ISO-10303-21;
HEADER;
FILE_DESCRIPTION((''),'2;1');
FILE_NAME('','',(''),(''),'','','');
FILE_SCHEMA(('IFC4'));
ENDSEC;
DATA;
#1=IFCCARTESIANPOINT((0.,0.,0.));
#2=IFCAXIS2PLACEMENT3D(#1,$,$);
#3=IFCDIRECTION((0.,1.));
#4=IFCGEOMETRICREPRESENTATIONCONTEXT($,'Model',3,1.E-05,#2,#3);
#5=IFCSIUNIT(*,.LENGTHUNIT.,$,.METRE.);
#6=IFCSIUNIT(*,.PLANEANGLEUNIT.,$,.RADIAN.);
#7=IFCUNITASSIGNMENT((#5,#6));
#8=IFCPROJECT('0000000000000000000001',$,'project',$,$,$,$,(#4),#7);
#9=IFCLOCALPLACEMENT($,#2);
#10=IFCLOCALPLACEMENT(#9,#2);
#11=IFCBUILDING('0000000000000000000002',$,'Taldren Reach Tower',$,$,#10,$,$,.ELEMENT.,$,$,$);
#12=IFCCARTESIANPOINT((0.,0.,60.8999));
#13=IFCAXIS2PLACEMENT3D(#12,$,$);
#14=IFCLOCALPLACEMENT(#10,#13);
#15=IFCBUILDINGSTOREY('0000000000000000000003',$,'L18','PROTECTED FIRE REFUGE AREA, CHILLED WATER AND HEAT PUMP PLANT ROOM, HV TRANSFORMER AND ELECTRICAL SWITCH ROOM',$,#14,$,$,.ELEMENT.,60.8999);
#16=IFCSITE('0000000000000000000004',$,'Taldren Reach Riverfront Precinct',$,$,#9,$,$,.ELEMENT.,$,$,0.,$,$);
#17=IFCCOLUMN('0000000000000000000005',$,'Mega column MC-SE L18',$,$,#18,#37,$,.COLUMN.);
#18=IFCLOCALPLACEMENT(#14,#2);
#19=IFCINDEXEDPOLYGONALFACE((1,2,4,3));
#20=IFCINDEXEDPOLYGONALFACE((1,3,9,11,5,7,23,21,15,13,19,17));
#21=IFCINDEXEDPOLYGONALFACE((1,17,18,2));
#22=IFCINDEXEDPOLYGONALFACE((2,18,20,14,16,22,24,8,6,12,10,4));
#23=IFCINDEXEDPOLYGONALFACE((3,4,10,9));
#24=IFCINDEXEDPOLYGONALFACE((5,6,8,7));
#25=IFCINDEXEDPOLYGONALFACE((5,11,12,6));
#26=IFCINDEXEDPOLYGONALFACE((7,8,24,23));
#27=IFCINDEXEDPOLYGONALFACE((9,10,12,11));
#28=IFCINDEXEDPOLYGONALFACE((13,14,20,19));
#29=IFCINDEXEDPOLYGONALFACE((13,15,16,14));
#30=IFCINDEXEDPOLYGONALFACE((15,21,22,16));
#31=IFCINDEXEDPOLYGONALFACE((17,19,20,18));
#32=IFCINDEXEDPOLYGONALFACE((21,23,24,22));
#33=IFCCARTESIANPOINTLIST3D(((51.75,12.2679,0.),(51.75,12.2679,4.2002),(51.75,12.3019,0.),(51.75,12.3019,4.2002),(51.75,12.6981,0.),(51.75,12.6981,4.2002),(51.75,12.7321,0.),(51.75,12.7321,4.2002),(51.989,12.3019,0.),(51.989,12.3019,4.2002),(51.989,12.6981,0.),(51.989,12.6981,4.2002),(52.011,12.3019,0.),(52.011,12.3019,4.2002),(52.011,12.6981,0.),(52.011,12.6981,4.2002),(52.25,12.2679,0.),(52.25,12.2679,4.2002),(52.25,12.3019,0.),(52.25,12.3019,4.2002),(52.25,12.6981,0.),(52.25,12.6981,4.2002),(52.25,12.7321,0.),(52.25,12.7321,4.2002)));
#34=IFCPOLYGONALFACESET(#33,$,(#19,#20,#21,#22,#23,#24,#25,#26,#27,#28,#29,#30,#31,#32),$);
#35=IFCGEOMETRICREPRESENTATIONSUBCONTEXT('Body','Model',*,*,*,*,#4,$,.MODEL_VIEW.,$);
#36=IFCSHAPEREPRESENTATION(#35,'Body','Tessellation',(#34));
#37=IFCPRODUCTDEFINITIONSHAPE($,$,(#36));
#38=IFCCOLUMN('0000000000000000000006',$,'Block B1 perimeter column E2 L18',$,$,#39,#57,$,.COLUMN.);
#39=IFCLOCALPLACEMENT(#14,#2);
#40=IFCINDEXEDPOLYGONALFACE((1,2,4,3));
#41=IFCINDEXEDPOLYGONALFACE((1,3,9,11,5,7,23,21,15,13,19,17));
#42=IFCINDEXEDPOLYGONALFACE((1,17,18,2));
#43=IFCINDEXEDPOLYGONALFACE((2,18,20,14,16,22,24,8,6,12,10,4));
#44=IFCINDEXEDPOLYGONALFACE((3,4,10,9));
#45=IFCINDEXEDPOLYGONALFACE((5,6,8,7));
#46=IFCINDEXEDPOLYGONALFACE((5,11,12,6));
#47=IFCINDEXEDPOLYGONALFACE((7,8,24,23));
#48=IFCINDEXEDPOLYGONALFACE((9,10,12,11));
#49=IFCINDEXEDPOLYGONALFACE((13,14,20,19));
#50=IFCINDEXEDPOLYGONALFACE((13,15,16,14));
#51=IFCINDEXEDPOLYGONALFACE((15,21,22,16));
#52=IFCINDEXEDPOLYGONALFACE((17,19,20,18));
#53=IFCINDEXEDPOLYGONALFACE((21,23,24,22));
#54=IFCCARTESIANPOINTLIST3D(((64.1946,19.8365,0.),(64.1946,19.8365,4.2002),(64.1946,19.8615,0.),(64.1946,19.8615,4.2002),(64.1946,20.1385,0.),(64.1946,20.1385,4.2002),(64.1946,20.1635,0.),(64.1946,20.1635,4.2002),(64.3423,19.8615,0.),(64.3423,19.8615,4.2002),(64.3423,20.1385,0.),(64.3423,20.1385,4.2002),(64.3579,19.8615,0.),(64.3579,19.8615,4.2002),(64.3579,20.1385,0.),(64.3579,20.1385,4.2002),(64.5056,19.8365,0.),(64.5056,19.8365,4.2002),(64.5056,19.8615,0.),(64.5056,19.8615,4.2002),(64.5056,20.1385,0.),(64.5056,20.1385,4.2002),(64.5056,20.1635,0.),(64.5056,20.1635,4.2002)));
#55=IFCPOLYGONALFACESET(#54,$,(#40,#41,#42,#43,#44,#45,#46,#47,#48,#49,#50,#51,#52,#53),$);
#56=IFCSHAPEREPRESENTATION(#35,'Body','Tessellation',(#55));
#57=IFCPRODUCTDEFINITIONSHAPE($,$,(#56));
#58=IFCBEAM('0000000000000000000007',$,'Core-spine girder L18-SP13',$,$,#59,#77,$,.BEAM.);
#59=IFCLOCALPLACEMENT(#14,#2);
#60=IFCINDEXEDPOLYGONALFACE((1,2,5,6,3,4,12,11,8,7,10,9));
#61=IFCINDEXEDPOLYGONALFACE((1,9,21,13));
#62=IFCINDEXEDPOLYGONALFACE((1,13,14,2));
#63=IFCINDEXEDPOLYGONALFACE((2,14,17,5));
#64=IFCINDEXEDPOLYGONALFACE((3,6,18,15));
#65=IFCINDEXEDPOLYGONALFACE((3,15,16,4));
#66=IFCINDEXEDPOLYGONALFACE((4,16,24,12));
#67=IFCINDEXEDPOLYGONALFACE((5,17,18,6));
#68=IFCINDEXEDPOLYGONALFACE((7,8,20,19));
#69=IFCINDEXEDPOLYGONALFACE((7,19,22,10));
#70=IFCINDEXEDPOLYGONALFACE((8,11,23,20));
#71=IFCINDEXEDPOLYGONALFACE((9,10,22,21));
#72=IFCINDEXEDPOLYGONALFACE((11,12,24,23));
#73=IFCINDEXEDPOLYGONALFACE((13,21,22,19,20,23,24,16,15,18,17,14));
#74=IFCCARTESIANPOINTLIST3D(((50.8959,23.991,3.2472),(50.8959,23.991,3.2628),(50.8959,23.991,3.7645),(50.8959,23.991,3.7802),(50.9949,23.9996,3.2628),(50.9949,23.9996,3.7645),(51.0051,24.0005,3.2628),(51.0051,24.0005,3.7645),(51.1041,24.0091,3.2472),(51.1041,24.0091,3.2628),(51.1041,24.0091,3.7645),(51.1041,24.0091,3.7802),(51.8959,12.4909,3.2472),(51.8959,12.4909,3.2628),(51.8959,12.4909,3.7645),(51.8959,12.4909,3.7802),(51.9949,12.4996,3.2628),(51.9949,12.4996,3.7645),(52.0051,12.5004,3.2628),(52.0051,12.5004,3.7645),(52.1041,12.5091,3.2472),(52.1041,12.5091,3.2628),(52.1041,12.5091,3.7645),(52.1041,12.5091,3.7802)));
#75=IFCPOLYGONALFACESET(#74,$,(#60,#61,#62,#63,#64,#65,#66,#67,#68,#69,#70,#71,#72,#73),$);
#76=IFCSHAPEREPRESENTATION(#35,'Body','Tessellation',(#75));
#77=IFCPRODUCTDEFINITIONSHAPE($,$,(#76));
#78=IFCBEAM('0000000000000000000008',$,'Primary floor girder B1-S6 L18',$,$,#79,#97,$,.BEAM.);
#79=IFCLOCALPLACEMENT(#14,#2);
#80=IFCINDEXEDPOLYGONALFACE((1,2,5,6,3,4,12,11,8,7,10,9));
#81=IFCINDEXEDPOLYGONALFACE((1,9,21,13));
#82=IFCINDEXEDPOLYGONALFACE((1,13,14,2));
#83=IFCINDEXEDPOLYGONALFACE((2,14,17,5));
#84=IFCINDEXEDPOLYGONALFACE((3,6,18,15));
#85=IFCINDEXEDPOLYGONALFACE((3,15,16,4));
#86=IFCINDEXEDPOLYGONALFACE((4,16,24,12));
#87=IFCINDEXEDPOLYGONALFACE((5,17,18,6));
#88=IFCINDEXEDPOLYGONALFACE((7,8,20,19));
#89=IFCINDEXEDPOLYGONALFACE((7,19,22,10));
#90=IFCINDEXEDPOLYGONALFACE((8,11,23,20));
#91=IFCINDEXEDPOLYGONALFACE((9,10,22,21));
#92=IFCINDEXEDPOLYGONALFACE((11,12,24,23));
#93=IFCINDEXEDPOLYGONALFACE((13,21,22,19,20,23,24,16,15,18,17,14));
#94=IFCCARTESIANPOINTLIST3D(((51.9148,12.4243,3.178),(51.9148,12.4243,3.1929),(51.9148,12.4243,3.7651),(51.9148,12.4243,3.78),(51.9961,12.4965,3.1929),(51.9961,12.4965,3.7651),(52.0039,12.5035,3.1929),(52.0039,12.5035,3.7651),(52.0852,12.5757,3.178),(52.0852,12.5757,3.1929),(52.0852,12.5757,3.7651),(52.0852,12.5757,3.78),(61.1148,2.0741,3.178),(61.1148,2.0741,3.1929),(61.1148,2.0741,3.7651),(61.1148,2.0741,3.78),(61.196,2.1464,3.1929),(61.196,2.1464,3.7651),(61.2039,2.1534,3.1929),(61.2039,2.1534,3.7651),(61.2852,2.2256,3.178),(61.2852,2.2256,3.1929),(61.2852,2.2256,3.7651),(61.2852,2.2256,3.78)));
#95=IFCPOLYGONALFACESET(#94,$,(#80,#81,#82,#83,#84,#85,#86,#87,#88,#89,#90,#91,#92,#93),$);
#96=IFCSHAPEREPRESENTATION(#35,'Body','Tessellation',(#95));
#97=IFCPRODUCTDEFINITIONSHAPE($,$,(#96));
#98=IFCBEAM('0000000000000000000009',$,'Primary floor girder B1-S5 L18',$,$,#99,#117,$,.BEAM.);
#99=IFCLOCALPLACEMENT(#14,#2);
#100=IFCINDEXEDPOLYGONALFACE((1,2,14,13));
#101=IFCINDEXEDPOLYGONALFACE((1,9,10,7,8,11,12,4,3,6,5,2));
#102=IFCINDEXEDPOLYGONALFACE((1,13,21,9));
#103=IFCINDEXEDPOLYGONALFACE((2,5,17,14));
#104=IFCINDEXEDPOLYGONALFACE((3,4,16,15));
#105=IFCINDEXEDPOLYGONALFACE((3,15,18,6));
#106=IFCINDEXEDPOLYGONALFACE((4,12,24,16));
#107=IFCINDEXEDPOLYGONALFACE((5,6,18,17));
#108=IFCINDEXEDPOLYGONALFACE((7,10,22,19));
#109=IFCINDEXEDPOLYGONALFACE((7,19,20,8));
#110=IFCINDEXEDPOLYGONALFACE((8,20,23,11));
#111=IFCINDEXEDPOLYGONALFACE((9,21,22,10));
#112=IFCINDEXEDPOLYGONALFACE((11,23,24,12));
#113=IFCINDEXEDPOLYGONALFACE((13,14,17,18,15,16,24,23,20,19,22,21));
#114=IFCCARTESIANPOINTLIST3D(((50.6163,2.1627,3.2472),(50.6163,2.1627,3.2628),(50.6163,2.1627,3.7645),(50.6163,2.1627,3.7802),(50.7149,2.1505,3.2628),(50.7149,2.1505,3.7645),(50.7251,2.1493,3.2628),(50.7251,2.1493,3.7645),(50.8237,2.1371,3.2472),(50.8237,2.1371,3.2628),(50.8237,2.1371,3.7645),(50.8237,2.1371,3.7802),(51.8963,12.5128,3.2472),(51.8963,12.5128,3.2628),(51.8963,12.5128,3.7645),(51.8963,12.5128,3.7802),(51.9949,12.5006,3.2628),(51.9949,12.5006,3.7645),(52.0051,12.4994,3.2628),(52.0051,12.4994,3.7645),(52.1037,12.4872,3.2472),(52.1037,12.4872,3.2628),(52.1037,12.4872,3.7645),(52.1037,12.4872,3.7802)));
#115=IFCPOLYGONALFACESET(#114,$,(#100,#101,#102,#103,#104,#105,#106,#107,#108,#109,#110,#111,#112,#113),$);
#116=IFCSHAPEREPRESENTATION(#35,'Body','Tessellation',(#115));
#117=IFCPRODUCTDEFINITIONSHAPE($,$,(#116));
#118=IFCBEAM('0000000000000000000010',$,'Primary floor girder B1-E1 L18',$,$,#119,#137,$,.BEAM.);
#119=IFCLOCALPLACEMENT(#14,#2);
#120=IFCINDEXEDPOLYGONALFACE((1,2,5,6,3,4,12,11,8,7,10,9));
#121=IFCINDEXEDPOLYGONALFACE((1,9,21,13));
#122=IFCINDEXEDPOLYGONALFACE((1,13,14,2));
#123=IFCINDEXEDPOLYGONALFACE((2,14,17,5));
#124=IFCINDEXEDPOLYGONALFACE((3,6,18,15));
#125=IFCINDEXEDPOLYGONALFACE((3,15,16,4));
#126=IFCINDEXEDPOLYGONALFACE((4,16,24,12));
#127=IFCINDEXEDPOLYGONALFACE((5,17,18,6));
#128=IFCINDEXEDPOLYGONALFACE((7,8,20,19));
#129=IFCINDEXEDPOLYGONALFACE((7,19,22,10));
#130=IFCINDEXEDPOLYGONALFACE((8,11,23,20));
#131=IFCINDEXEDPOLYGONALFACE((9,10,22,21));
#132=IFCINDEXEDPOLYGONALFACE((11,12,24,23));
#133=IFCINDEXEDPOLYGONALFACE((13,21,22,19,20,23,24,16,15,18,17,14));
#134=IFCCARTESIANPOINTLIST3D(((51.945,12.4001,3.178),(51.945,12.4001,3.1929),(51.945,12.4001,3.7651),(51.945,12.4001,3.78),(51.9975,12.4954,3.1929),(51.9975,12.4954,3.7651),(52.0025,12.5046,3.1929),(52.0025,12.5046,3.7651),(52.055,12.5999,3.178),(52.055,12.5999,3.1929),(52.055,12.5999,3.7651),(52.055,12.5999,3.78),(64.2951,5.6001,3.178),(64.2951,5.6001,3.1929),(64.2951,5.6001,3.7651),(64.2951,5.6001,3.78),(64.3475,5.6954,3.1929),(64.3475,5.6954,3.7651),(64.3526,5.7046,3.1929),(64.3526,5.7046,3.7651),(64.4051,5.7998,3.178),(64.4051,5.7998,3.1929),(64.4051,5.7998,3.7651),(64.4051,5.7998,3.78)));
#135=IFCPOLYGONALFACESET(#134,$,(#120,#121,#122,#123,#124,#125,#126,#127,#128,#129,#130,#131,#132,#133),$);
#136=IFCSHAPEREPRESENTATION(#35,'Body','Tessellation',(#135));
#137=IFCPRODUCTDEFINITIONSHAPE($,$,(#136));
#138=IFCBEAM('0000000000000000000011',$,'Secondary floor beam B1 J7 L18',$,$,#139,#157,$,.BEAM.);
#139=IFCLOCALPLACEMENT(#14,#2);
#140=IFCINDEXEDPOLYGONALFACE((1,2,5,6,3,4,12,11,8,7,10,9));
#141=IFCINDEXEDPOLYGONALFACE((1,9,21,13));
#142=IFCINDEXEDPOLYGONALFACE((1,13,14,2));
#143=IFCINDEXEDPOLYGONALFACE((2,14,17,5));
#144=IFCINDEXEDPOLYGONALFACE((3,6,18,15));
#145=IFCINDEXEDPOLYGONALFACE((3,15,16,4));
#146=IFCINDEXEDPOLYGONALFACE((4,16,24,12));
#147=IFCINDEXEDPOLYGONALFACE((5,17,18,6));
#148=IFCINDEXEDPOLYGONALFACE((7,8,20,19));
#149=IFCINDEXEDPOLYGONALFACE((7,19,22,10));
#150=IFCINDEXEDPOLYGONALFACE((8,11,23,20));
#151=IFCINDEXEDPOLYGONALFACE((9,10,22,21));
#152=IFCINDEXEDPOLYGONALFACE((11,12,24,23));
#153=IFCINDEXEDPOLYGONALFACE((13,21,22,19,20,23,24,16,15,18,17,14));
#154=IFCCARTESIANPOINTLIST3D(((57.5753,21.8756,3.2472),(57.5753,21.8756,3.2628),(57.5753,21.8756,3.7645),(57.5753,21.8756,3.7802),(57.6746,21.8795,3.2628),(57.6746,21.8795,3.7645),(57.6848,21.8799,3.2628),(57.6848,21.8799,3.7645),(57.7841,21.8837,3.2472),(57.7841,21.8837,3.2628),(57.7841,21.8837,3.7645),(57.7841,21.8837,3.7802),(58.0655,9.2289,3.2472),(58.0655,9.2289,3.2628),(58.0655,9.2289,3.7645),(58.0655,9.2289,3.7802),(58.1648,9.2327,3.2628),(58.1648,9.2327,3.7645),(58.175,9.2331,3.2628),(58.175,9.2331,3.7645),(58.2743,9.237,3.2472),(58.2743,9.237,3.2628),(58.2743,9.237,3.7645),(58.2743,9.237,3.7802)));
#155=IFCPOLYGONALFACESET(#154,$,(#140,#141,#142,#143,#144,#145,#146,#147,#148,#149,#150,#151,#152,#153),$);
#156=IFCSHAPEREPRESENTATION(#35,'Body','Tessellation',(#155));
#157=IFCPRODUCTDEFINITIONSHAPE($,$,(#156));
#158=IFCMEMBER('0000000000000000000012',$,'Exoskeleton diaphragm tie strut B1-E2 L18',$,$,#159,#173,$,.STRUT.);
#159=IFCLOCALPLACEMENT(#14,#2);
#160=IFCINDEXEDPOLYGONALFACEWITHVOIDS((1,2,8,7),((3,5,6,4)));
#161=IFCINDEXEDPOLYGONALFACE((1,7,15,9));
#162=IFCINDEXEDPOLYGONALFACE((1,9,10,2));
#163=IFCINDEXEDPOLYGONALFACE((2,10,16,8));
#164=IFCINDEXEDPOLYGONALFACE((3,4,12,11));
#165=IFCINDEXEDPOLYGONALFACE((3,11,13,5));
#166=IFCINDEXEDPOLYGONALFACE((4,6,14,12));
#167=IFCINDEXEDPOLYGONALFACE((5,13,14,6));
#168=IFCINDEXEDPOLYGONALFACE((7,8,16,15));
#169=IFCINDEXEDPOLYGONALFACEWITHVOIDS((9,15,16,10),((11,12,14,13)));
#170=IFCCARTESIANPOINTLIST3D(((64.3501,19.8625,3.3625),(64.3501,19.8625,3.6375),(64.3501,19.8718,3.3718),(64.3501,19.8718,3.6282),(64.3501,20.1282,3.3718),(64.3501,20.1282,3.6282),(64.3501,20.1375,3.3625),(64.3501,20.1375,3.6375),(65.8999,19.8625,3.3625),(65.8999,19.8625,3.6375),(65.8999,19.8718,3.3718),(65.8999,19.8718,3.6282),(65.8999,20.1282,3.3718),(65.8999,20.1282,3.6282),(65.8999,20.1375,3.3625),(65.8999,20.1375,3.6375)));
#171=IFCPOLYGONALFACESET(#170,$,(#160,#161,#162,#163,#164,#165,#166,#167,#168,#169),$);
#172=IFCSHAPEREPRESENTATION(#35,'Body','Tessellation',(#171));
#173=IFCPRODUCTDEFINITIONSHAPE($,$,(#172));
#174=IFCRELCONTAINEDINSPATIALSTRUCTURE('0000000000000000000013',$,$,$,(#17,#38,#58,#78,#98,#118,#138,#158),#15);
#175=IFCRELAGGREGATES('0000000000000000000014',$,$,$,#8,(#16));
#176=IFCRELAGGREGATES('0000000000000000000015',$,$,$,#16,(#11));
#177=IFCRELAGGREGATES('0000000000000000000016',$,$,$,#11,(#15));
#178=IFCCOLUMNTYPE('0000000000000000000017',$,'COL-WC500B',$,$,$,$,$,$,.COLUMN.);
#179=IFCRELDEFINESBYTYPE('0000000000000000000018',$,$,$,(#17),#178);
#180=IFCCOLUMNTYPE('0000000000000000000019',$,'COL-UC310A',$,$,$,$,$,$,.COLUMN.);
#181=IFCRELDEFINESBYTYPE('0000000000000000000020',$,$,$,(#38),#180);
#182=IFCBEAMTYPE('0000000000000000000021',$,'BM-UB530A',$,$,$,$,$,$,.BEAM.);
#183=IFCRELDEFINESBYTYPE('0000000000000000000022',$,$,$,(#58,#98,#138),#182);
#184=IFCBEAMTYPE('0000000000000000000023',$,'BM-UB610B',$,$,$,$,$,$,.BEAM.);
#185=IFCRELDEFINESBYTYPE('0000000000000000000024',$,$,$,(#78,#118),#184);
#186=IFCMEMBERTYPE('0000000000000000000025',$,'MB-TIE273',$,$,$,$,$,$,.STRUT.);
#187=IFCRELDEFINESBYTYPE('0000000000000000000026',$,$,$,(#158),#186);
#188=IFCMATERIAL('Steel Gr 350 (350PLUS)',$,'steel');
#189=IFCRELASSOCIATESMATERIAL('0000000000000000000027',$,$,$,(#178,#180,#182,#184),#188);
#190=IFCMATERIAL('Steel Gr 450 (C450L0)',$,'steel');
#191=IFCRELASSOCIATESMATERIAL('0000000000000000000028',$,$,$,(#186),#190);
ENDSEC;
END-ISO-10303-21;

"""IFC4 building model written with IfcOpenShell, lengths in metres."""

from ifc_helpers import new_model, si_unit, direction, frame, origin, origin_2d, place, context, subcontext, project, spatial, hollow_rectangle, i_section, extrude, source, transform, mapped, material, material_profile, profile_set, type_object, element, save


model = new_model("IFC4")

# Units and contexts
model_context = context("Model", 3, precision=1e-05, world=origin(), true_north=direction((0.0, 1.0)))
body_context = subcontext(model_context, "Body", "Model", "MODEL_VIEW")
ifc_project = project(units=[si_unit("LENGTHUNIT", "METRE"), si_unit("PLANEANGLEUNIT", "RADIAN")], contexts=[model_context])

# Site, building, storey
site_placement = place(None, origin())
site = spatial("IfcSite", under=ifc_project, at=site_placement, Name="Taldren Reach Riverfront Precinct", CompositionType="ELEMENT", RefElevation=0.0)
building_placement = place(site_placement, origin())
building = spatial("IfcBuilding", under=site, at=building_placement, Name="Taldren Reach Tower", CompositionType="ELEMENT")
storey_placement = place(building_placement, frame((0.0, 0.0, 60.8999)))
storey = spatial("IfcBuildingStorey", under=building, at=storey_placement, Name="L18", Description="PROTECTED FIRE REFUGE AREA, CHILLED WATER AND HEAT PUMP PLANT ROOM, HV TRANSFORMER AND ELECTRICAL SWITCH ROOM", CompositionType="ELEMENT", Elevation=60.8999)

# Columns
ifc_material_1 = material(Name="Steel Gr 350 (350PLUS)", Category="steel")
ifc_material_profile_1 = material_profile(ifc_material_1, i_section(OverallWidth=0.5, OverallDepth=0.4641, WebThickness=0.022, FlangeThickness=0.0339, at=origin_2d()), Name="500WC340")
ifc_profile_set_1 = profile_set([ifc_material_profile_1], Name="Steel Gr 350 (350PLUS)")
column_type_1 = type_object("IfcColumnType", Name="COL-WC500B", PredefinedType="COLUMN", material=ifc_profile_set_1)
shared_shape_1 = source(origin(), body_context, "Body", "SweptSolid", [
    extrude(i_section(OverallWidth=0.5, OverallDepth=0.4641, WebThickness=0.022, FlangeThickness=0.0339, at=origin_2d()), origin(), (0.0, 0.0, 1.0), 4.2002),
])
column_1_placement = place(storey_placement, frame((52.0, 12.5, 0.0), z_axis=(0.0, 0.0, 1.0), x_axis=(1.0, 0.0, 0.0)))
element("IfcColumn", 1, at=column_1_placement, inside=storey, type_object=column_type_1, Name="Mega column MC-SE L18", PredefinedType="COLUMN", context=body_context, shape_type="MappedRepresentation", body=[
    mapped(shared_shape_1, transform((0.0, 0.0, 0.0), scale=1.0)),
])
ifc_material_profile_2 = material_profile(ifc_material_1, i_section(OverallWidth=0.311, OverallDepth=0.3269, WebThickness=0.0156, FlangeThickness=0.0249, at=origin_2d()), Name="310UC158")
ifc_profile_set_2 = profile_set([ifc_material_profile_2], Name="Steel Gr 350 (350PLUS)")
column_type_2 = type_object("IfcColumnType", Name="COL-UC310A", PredefinedType="COLUMN", material=ifc_profile_set_2)
shared_shape_2 = source(origin(), body_context, "Body", "SweptSolid", [
    extrude(i_section(OverallWidth=0.311, OverallDepth=0.3269, WebThickness=0.0156, FlangeThickness=0.0249, at=origin_2d()), origin(), (0.0, 0.0, 1.0), 4.2002),
])
column_2_placement = place(storey_placement, frame((64.3501, 20.0, 0.0), z_axis=(0.0, 0.0, 1.0), x_axis=(1.0, 0.0, 0.0)))
element("IfcColumn", 2, at=column_2_placement, inside=storey, type_object=column_type_2, Name="Block B1 perimeter column E2 L18", PredefinedType="COLUMN", context=body_context, shape_type="MappedRepresentation", body=[
    mapped(shared_shape_2, transform((0.0, 0.0, 0.0), scale=1.0)),
])

# Beams
ifc_material_profile_3 = material_profile(ifc_material_1, i_section(OverallWidth=0.209, OverallDepth=0.533, WebThickness=0.0103, FlangeThickness=0.0156, at=origin_2d()), Name="530UB92.4")
ifc_profile_set_3 = profile_set([ifc_material_profile_3], Name="Steel Gr 350 (350PLUS)")
beam_type_1 = type_object("IfcBeamType", Name="BM-UB530A", PredefinedType="BEAM", material=ifc_profile_set_3)
shared_shape_3 = source(origin(), body_context, "Body", "SweptSolid", [
    extrude(i_section(OverallWidth=0.209, OverallDepth=0.533, WebThickness=0.0103, FlangeThickness=0.0156, at=origin_2d()), origin(), (0.0, 0.0, 1.0), 11.5435),
])
beam_1_placement = place(storey_placement, frame((52.0, 12.5, 3.5137), z_axis=(-0.08663, 0.996241, 0.0), x_axis=(-0.996241, -0.08663, 0.0)))
element("IfcBeam", 3, at=beam_1_placement, inside=storey, type_object=beam_type_1, Name="Core-spine girder L18-SP13", PredefinedType="BEAM", context=body_context, shape_type="MappedRepresentation", body=[
    mapped(shared_shape_3, transform((0.0, 0.0, 0.0), scale=1.0)),
])
ifc_material_profile_4 = material_profile(ifc_material_1, i_section(OverallWidth=0.228, OverallDepth=0.6021, WebThickness=0.0105, FlangeThickness=0.0149, at=origin_2d()), Name="610UB101")
ifc_profile_set_4 = profile_set([ifc_material_profile_4], Name="Steel Gr 350 (350PLUS)")
beam_type_2 = type_object("IfcBeamType", Name="BM-UB610B", PredefinedType="BEAM", material=ifc_profile_set_4)
shared_shape_4 = source(origin(), body_context, "Body", "SweptSolid", [
    extrude(i_section(OverallWidth=0.228, OverallDepth=0.6021, WebThickness=0.0105, FlangeThickness=0.0149, at=origin_2d()), origin(), (0.0, 0.0, 1.0), 13.8479),
])
beam_2_placement = place(storey_placement, frame((52.0, 12.5, 3.479), z_axis=(0.664358, -0.747414, 0.0), x_axis=(0.747414, 0.664358, 0.0)))
element("IfcBeam", 4, at=beam_2_placement, inside=storey, type_object=beam_type_2, Name="Primary floor girder B1-S6 L18", PredefinedType="BEAM", context=body_context, shape_type="MappedRepresentation", body=[
    mapped(shared_shape_4, transform((0.0, 0.0, 0.0), scale=1.0)),
])
shared_shape_5 = source(origin(), body_context, "Body", "SweptSolid", [
    extrude(i_section(OverallWidth=0.209, OverallDepth=0.533, WebThickness=0.0103, FlangeThickness=0.0156, at=origin_2d()), origin(), (0.0, 0.0, 1.0), 10.429),
])
beam_3_placement = place(storey_placement, frame((52.0, 12.5, 3.5137), z_axis=(-0.122738, -0.992439, 0.0), x_axis=(0.992439, -0.122738, 0.0)))
element("IfcBeam", 5, at=beam_3_placement, inside=storey, type_object=beam_type_1, Name="Primary floor girder B1-S5 L18", PredefinedType="BEAM", context=body_context, shape_type="MappedRepresentation", body=[
    mapped(shared_shape_5, transform((0.0, 0.0, 0.0), scale=1.0)),
])
shared_shape_6 = source(origin(), body_context, "Body", "SweptSolid", [
    extrude(i_section(OverallWidth=0.228, OverallDepth=0.6021, WebThickness=0.0105, FlangeThickness=0.0149, at=origin_2d()), origin(), (0.0, 0.0, 1.0), 14.0984),
])
beam_4_placement = place(storey_placement, frame((52.0, 12.5, 3.479), z_axis=(0.875991, -0.482327, 0.0), x_axis=(0.482327, 0.875991, 0.0)))
element("IfcBeam", 6, at=beam_4_placement, inside=storey, type_object=beam_type_2, Name="Primary floor girder B1-E1 L18", PredefinedType="BEAM", context=body_context, shape_type="MappedRepresentation", body=[
    mapped(shared_shape_6, transform((0.0, 0.0, 0.0), scale=1.0)),
])
shared_shape_7 = source(origin(), body_context, "Body", "SweptSolid", [
    extrude(i_section(OverallWidth=0.209, OverallDepth=0.533, WebThickness=0.0103, FlangeThickness=0.0156, at=origin_2d()), origin(), (0.0, 0.0, 1.0), 12.6562),
])
beam_5_placement = place(storey_placement, frame((58.1699, 9.2329, 3.5137), z_axis=(-0.038735, 0.99925, 0.0), x_axis=(-0.99925, -0.038735, 0.0)))
element("IfcBeam", 7, at=beam_5_placement, inside=storey, type_object=beam_type_1, Name="Secondary floor beam B1 J7 L18", PredefinedType="BEAM", context=body_context, shape_type="MappedRepresentation", body=[
    mapped(shared_shape_7, transform((0.0, 0.0, 0.0), scale=1.0)),
])

# Member
ifc_material_2 = material(Name="Steel Gr 450 (C450L0)", Category="steel")
ifc_material_profile_5 = material_profile(ifc_material_2, hollow_rectangle(XDim=0.2749, YDim=0.2749, WallThickness=0.0093, at=origin_2d()), Name="275x275x9.3SHS")
ifc_profile_set_5 = profile_set([ifc_material_profile_5], Name="Steel Gr 450 (C450L0)")
member_type_1 = type_object("IfcMemberType", Name="MB-TIE273", PredefinedType="STRUT", material=ifc_profile_set_5)
shared_shape_8 = source(origin(), body_context, "Body", "SweptSolid", [
    extrude(hollow_rectangle(XDim=0.2749, YDim=0.2749, WallThickness=0.0093, at=origin_2d()), origin(), (0.0, 0.0, 1.0), 1.5498),
])
member_1_placement = place(storey_placement, frame((64.3501, 20.0, 3.5), z_axis=(1.0, 0.0, 0.0), x_axis=(0.0, 1.0, 0.0)))
element("IfcMember", 8, at=member_1_placement, inside=storey, type_object=member_type_1, Name="Exoskeleton diaphragm tie strut B1-E2 L18", PredefinedType="STRUT", context=body_context, shape_type="MappedRepresentation", body=[
    mapped(shared_shape_8, transform((0.0, 0.0, 0.0), scale=1.0)),
])

save(model, "model.ifc")
